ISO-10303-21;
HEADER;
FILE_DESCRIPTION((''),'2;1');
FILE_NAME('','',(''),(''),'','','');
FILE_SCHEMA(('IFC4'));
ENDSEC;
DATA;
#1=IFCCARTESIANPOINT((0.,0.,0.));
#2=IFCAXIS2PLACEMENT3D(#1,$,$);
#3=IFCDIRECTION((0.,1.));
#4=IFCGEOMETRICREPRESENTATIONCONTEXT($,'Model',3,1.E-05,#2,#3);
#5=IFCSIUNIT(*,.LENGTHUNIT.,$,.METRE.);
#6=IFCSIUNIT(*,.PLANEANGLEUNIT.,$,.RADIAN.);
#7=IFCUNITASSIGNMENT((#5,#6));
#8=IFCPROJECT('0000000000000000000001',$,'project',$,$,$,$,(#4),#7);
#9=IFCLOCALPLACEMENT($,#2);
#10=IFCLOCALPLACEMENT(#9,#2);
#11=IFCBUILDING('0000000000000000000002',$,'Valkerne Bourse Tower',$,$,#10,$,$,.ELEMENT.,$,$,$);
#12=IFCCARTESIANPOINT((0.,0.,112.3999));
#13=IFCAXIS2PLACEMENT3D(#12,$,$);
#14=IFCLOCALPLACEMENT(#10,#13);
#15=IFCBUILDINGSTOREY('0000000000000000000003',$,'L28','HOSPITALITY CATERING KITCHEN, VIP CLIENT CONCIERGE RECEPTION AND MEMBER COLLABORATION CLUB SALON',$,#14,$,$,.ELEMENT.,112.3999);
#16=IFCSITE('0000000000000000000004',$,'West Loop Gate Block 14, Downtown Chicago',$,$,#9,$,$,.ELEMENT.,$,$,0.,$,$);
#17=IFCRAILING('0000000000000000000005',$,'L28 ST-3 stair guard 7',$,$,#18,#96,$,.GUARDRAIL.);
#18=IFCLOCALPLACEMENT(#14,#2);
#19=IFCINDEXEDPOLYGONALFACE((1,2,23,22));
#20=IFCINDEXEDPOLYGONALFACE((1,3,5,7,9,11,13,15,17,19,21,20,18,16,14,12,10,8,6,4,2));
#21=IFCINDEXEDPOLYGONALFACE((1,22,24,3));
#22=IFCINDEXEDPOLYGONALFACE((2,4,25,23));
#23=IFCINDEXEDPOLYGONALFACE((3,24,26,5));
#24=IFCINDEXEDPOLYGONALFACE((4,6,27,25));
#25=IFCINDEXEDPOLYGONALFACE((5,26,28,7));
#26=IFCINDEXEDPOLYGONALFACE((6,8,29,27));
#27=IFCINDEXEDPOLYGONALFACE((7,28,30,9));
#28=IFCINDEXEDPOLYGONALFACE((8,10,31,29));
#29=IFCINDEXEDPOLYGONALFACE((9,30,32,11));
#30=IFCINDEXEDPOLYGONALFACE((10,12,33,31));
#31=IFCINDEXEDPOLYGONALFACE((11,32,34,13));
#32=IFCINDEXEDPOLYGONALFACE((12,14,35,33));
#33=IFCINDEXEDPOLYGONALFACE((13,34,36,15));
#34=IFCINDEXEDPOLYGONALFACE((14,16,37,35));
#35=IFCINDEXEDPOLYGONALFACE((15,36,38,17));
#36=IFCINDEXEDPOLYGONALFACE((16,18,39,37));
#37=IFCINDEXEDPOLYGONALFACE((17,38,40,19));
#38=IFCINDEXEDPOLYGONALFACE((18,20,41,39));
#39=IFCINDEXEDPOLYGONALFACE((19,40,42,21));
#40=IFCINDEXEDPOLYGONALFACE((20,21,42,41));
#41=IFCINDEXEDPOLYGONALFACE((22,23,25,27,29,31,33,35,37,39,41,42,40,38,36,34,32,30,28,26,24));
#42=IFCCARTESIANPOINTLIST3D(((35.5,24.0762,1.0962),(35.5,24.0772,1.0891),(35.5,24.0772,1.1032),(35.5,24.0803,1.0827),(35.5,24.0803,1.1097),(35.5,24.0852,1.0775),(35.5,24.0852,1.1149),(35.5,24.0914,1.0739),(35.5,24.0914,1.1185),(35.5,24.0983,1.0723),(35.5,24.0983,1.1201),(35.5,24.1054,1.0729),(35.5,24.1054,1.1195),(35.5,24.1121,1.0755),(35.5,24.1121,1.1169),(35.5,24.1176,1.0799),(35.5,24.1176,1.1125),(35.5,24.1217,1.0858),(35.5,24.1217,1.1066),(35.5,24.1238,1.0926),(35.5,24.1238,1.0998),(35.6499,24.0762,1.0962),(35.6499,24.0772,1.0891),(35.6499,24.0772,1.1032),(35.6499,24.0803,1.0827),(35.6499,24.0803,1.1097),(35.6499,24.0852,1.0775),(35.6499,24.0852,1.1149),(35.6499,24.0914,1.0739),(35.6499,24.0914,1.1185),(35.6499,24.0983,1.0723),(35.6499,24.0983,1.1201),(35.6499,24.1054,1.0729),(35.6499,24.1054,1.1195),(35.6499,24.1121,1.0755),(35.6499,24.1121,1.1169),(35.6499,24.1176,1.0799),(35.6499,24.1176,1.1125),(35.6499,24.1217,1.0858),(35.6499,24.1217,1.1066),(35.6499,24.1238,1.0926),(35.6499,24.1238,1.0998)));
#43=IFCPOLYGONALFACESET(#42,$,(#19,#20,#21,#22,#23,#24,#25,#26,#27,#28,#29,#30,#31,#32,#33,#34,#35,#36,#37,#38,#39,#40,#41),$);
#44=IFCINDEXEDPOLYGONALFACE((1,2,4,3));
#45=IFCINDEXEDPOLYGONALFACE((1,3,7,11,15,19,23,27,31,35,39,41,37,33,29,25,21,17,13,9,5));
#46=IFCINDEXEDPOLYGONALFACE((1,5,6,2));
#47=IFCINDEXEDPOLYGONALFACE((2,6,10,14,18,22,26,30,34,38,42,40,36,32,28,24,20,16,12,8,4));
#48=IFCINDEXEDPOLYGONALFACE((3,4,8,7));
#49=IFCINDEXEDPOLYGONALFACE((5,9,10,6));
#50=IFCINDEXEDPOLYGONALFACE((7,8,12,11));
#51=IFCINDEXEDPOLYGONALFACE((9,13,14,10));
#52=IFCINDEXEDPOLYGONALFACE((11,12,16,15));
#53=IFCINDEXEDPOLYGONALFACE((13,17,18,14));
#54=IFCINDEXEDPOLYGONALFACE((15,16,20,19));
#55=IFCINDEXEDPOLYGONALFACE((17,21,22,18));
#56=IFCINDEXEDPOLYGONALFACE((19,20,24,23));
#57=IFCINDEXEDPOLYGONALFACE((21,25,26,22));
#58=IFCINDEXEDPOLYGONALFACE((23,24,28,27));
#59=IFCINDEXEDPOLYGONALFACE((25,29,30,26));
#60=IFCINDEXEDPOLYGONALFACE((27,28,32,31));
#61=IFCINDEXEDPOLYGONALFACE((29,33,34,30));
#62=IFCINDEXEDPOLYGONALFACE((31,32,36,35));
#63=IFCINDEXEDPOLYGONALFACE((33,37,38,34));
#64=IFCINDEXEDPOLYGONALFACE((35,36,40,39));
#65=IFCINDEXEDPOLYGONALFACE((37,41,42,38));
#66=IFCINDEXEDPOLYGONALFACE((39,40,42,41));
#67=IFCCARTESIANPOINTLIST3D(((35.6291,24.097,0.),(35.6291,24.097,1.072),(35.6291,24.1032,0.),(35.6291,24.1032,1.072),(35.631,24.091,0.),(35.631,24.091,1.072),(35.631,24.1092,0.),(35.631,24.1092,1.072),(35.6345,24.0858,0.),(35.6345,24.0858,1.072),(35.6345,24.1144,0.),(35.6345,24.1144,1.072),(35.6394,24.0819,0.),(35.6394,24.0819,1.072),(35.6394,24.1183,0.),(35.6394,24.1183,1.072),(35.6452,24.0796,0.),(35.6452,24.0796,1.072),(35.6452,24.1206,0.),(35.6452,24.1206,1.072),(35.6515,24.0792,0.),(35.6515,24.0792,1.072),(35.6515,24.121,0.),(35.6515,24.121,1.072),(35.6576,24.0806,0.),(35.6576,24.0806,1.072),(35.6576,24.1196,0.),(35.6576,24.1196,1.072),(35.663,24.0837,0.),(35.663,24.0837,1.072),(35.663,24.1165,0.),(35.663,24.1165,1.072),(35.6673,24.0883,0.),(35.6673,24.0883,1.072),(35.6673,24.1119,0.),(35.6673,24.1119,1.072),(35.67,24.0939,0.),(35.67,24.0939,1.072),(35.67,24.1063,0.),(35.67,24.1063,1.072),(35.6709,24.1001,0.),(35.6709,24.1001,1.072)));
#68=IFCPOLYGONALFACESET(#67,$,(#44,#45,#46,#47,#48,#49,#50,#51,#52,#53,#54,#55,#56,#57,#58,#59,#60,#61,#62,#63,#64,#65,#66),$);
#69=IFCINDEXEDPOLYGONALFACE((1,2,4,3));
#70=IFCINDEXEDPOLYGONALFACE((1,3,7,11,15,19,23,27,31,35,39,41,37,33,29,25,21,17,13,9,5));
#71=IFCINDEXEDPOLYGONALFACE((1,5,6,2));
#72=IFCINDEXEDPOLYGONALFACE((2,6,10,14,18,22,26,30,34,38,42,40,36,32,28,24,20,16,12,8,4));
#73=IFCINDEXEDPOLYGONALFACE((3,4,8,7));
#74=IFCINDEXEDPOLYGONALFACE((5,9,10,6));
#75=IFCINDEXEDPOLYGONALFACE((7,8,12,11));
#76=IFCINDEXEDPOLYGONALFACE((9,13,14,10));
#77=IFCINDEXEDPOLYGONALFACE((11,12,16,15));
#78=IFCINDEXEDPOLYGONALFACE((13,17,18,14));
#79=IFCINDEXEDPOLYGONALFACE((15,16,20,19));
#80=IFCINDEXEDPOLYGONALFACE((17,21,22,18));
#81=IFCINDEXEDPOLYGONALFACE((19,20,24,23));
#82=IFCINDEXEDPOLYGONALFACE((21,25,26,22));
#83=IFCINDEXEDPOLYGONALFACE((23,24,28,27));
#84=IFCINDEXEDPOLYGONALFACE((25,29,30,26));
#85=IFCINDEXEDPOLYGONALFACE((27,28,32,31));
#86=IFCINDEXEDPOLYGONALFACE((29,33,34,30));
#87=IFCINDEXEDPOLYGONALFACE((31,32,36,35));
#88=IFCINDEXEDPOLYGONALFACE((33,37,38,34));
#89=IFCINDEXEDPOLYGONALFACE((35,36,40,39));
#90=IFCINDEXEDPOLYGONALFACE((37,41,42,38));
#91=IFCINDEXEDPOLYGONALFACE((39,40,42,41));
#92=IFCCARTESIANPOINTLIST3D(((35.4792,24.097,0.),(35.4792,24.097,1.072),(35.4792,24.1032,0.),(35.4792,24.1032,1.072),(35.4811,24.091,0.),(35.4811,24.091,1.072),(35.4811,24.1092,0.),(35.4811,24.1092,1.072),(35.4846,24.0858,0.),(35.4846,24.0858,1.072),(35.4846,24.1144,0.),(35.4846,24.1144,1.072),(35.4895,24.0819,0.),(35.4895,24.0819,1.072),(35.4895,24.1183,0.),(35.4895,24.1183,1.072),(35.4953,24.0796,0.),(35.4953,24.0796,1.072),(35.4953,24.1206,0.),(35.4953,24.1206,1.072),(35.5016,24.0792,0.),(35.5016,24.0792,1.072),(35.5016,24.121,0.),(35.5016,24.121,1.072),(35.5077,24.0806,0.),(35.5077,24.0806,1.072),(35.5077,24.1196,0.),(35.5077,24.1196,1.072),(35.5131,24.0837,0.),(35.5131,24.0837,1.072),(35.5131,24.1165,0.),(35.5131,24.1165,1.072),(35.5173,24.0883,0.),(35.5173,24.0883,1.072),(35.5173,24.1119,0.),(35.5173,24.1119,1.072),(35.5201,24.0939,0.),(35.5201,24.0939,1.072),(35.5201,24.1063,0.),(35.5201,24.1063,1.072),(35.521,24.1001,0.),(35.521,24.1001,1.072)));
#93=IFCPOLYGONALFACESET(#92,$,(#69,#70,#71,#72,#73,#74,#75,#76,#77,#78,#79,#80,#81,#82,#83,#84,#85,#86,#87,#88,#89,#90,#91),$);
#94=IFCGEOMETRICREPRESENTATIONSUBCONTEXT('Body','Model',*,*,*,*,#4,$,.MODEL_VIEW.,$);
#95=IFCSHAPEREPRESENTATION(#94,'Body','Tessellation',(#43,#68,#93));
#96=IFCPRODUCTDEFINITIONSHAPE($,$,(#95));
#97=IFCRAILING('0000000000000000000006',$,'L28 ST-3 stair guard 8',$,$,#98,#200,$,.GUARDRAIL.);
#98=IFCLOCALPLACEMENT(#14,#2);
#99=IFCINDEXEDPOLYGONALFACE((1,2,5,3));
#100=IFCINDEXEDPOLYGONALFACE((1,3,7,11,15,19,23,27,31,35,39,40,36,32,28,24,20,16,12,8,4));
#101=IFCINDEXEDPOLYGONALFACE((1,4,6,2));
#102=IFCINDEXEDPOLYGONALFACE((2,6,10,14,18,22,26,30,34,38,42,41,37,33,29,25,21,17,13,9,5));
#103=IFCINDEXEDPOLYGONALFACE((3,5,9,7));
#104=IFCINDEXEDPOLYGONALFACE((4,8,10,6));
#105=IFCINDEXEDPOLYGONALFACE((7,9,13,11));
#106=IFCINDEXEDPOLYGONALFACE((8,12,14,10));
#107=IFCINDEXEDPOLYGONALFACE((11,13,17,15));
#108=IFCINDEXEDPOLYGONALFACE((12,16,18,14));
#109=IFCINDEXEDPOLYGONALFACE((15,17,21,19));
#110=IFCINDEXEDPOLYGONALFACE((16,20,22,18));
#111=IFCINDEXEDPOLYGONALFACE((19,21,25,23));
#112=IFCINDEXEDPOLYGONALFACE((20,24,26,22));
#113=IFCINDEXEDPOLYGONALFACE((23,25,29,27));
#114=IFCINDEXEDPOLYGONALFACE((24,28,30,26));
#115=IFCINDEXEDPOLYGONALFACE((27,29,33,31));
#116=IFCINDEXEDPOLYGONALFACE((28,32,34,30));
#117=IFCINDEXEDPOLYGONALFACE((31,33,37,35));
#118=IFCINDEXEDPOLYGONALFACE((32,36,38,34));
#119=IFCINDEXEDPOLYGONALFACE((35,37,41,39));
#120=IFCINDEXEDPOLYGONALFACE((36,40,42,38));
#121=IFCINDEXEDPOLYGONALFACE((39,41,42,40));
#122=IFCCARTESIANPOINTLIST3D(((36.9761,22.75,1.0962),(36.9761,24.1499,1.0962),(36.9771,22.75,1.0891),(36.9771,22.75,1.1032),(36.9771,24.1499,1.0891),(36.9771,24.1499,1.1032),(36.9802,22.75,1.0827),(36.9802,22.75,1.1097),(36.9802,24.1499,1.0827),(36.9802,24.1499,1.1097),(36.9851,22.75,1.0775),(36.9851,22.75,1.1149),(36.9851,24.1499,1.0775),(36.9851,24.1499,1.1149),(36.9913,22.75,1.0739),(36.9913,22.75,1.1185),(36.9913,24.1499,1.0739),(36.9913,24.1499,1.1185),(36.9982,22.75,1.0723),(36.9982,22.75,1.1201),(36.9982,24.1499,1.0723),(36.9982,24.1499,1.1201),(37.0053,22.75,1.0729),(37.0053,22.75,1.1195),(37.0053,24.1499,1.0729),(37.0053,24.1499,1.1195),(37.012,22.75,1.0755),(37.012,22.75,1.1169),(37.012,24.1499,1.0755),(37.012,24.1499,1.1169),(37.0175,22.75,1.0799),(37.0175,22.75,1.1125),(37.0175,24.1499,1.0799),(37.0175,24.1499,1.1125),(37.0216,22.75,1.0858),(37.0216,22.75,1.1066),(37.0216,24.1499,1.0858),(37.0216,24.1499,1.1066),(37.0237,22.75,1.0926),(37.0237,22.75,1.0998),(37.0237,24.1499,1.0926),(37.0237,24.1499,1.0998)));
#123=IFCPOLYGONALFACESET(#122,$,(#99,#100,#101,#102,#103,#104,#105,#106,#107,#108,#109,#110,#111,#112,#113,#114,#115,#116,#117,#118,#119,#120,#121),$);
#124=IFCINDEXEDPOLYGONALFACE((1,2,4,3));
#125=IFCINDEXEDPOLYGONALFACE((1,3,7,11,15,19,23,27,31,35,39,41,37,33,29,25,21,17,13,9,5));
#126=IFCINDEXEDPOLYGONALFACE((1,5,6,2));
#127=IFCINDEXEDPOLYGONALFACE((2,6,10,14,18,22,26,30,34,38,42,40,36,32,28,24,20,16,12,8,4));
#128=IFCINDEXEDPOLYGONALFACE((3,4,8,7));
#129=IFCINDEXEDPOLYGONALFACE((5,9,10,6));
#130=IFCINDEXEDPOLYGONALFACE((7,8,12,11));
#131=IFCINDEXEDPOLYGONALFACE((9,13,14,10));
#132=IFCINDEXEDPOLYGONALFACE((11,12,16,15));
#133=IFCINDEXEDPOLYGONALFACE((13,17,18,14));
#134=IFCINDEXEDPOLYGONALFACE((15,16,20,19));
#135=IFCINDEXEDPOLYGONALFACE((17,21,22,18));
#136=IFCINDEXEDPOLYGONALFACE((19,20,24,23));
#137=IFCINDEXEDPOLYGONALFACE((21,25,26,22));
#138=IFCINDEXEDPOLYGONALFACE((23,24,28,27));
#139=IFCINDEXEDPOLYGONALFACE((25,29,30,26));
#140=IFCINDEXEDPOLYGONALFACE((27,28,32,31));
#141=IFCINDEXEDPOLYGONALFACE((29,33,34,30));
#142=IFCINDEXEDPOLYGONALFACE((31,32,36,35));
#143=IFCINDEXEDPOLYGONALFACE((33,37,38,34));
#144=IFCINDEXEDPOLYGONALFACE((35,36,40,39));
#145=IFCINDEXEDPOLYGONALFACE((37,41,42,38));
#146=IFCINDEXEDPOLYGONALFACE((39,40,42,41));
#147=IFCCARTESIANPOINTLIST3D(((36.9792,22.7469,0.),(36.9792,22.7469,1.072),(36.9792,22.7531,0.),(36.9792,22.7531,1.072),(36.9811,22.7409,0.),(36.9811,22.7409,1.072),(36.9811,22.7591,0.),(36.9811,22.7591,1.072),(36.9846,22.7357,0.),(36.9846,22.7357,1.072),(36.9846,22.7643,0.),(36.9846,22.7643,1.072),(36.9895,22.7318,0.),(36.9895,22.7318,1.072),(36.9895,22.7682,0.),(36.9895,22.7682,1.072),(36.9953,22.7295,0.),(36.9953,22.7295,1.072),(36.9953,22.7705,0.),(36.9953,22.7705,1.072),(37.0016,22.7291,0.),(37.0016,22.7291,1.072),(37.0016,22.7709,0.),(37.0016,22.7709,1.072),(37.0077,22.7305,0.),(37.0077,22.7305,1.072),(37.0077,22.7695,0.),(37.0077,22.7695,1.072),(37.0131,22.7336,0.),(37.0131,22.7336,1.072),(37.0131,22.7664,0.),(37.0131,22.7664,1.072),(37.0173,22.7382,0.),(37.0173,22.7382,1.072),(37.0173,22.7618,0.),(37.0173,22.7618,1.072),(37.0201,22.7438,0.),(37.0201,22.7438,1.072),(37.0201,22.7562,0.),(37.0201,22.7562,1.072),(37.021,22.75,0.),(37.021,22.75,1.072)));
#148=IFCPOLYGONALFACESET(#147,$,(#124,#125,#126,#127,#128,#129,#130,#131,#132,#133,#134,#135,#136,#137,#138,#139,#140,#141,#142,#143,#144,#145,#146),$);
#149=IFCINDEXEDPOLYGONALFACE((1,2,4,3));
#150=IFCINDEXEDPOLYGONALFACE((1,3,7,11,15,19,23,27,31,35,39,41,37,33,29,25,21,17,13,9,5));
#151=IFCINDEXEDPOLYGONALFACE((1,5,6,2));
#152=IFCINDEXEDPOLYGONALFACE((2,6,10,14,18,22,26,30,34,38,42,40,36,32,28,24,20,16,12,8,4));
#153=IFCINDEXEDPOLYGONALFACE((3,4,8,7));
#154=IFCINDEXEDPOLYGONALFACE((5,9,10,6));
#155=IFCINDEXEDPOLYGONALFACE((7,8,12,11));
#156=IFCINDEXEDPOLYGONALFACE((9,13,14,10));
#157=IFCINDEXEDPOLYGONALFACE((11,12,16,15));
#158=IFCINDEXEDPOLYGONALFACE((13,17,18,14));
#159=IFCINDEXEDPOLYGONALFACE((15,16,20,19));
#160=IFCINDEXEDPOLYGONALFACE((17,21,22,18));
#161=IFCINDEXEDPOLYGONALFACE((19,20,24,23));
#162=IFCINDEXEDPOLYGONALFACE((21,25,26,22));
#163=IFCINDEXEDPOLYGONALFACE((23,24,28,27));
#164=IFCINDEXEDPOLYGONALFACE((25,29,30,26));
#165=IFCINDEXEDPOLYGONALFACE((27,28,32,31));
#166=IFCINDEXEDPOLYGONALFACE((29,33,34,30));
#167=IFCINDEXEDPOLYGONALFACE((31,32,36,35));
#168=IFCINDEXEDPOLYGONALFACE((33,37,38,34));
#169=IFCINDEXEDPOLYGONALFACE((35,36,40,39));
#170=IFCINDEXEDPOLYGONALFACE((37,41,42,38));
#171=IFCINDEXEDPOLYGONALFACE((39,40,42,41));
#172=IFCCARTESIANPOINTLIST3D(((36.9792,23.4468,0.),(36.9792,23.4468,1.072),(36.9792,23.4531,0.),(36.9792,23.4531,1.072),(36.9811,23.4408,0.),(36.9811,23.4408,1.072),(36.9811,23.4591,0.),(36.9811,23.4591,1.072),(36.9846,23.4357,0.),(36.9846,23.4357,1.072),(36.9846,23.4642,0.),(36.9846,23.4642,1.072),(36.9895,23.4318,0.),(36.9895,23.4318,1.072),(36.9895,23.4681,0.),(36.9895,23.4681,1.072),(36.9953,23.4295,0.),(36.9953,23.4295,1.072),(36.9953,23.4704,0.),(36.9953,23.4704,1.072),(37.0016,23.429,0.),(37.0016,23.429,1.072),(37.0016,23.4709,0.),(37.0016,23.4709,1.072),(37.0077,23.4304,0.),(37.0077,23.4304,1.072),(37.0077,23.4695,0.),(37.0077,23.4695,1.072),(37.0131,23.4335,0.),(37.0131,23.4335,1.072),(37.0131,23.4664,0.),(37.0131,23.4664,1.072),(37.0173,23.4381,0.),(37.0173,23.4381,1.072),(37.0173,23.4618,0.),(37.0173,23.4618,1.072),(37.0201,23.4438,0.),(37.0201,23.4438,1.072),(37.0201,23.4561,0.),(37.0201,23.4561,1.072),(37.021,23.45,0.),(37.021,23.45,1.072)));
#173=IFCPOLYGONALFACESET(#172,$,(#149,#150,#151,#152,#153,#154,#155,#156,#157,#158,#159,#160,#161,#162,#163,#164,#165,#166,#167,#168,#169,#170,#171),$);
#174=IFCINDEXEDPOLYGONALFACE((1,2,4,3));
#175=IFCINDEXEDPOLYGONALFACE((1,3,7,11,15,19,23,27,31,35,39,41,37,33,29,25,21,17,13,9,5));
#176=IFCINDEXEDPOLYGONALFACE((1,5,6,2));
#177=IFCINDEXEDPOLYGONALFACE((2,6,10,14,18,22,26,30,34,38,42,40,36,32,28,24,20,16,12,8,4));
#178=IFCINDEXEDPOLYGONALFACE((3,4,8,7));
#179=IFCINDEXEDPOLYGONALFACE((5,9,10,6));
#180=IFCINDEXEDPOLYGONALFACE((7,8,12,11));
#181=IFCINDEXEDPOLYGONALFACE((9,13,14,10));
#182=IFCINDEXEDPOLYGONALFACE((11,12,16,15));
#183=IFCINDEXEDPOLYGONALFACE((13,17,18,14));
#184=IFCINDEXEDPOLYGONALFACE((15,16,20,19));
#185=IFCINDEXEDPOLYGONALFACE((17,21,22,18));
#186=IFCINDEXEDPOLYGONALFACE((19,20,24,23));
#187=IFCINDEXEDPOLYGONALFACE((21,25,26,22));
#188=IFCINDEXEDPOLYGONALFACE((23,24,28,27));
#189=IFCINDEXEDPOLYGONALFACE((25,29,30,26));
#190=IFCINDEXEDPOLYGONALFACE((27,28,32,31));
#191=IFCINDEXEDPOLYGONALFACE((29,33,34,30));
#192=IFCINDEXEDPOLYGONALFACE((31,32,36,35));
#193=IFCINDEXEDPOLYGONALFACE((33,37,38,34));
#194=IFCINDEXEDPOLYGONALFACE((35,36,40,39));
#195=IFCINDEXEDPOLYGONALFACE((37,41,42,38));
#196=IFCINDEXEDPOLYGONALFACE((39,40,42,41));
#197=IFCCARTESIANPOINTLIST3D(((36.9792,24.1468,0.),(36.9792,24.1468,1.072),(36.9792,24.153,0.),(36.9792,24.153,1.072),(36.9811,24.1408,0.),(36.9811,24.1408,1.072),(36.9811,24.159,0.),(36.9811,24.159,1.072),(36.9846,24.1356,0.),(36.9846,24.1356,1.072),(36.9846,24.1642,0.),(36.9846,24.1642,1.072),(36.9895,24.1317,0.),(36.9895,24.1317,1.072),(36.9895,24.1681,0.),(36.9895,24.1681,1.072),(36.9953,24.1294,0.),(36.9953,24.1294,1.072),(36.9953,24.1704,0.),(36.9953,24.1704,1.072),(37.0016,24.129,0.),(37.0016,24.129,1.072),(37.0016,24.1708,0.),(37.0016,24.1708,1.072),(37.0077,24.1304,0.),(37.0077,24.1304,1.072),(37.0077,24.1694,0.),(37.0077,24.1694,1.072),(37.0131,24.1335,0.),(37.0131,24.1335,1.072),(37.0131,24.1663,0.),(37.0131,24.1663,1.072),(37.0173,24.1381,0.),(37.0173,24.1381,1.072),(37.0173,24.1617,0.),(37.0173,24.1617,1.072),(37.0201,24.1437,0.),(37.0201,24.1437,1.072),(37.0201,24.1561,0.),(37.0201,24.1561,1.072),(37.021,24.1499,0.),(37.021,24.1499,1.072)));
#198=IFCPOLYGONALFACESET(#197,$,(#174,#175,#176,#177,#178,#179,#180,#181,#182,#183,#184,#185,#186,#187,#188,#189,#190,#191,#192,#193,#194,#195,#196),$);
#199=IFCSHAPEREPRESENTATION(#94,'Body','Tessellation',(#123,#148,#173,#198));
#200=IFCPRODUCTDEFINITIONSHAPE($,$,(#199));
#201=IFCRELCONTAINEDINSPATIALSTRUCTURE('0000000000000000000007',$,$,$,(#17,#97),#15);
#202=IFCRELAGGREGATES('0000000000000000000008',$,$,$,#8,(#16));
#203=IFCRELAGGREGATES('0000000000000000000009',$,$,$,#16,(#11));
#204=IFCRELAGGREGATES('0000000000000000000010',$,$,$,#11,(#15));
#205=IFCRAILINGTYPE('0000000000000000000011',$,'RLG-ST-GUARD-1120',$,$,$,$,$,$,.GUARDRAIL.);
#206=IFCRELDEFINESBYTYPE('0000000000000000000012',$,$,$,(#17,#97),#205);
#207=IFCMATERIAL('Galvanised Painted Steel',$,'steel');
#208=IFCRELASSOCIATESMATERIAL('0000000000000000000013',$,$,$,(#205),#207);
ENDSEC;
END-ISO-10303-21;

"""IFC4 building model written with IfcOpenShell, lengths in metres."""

from ifc_helpers import new_model, si_unit, direction, frame, origin, origin_2d, place, context, subcontext, project, spatial, circle, extrude, material, type_object, element, save


model = new_model("IFC4")

# Units and contexts
model_context = context("Model", 3, precision=1e-05, world=origin(), true_north=direction((0.0, 1.0)))
body_context = subcontext(model_context, "Body", "Model", "MODEL_VIEW")
ifc_project = project(units=[si_unit("LENGTHUNIT", "METRE"), si_unit("PLANEANGLEUNIT", "RADIAN")], contexts=[model_context])

# Site, building, storey
site_placement = place(None, origin())
site = spatial("IfcSite", under=ifc_project, at=site_placement, Name="West Loop Gate Block 14, Downtown Chicago", CompositionType="ELEMENT", RefElevation=0.0)
building_placement = place(site_placement, origin())
building = spatial("IfcBuilding", under=site, at=building_placement, Name="Valkerne Bourse Tower", CompositionType="ELEMENT")
storey_placement = place(building_placement, frame((0.0, 0.0, 112.3999)))
storey = spatial("IfcBuildingStorey", under=building, at=storey_placement, Name="L28", Description="HOSPITALITY CATERING KITCHEN, VIP CLIENT CONCIERGE RECEPTION AND MEMBER COLLABORATION CLUB SALON", CompositionType="ELEMENT", Elevation=112.3999)

# Railings
ifc_material_1 = material(Name="Galvanised Painted Steel", Category="steel")
railing_type_1 = type_object("IfcRailingType", Name="RLG-ST-GUARD-1120", PredefinedType="GUARDRAIL", material=ifc_material_1)
railing_1_placement = place(storey_placement, frame((35.6499, 24.1001, 0.0)))
element("IfcRailing", 1, at=railing_1_placement, inside=storey, type_object=railing_type_1, Name="L28 ST-3 stair guard 7", PredefinedType="GUARDRAIL", context=body_context, shape_type="SweptSolid", body=[
    extrude(circle(Radius=0.0239, at=origin_2d()), frame((0.0, 0.0, 1.0962), z_axis=(-1.0, 0.0, 0.0), x_axis=(0.0, -1.0, 0.0)), (0.0, 0.0, 1.0), 0.1499),
    extrude(circle(Radius=0.021, at=origin_2d()), origin(), (0.0, 0.0, 1.0), 1.072),
    extrude(circle(Radius=0.021, at=origin_2d()), frame((-0.1499, 0.0, 0.0)), (0.0, 0.0, 1.0), 1.072),
])
for number, where, name in (
    (2, (37.0, 22.75, 0.0), "L28 ST-3 stair guard 8"),
):
    element("IfcRailing", number, at=place(storey_placement, frame(where)), inside=storey, type_object=railing_type_1, Name=name, PredefinedType="GUARDRAIL", context=body_context, shape_type="SweptSolid", body=[
        extrude(circle(Radius=0.0239, at=origin_2d()), frame((0.0, 0.0, 1.0962), z_axis=(0.0, 1.0, 0.0), x_axis=(-1.0, 0.0, 0.0)), (0.0, 0.0, 1.0), 1.3999),
        extrude(circle(Radius=0.021, at=origin_2d()), origin(), (0.0, 0.0, 1.0), 1.072),
        extrude(circle(Radius=0.021, at=origin_2d()), frame((0.0, 0.7, 0.0)), (0.0, 0.0, 1.0), 1.072),
        extrude(circle(Radius=0.021, at=origin_2d()), frame((0.0, 1.3999, 0.0)), (0.0, 0.0, 1.0), 1.072),
    ])

save(model, "model.ifc")
